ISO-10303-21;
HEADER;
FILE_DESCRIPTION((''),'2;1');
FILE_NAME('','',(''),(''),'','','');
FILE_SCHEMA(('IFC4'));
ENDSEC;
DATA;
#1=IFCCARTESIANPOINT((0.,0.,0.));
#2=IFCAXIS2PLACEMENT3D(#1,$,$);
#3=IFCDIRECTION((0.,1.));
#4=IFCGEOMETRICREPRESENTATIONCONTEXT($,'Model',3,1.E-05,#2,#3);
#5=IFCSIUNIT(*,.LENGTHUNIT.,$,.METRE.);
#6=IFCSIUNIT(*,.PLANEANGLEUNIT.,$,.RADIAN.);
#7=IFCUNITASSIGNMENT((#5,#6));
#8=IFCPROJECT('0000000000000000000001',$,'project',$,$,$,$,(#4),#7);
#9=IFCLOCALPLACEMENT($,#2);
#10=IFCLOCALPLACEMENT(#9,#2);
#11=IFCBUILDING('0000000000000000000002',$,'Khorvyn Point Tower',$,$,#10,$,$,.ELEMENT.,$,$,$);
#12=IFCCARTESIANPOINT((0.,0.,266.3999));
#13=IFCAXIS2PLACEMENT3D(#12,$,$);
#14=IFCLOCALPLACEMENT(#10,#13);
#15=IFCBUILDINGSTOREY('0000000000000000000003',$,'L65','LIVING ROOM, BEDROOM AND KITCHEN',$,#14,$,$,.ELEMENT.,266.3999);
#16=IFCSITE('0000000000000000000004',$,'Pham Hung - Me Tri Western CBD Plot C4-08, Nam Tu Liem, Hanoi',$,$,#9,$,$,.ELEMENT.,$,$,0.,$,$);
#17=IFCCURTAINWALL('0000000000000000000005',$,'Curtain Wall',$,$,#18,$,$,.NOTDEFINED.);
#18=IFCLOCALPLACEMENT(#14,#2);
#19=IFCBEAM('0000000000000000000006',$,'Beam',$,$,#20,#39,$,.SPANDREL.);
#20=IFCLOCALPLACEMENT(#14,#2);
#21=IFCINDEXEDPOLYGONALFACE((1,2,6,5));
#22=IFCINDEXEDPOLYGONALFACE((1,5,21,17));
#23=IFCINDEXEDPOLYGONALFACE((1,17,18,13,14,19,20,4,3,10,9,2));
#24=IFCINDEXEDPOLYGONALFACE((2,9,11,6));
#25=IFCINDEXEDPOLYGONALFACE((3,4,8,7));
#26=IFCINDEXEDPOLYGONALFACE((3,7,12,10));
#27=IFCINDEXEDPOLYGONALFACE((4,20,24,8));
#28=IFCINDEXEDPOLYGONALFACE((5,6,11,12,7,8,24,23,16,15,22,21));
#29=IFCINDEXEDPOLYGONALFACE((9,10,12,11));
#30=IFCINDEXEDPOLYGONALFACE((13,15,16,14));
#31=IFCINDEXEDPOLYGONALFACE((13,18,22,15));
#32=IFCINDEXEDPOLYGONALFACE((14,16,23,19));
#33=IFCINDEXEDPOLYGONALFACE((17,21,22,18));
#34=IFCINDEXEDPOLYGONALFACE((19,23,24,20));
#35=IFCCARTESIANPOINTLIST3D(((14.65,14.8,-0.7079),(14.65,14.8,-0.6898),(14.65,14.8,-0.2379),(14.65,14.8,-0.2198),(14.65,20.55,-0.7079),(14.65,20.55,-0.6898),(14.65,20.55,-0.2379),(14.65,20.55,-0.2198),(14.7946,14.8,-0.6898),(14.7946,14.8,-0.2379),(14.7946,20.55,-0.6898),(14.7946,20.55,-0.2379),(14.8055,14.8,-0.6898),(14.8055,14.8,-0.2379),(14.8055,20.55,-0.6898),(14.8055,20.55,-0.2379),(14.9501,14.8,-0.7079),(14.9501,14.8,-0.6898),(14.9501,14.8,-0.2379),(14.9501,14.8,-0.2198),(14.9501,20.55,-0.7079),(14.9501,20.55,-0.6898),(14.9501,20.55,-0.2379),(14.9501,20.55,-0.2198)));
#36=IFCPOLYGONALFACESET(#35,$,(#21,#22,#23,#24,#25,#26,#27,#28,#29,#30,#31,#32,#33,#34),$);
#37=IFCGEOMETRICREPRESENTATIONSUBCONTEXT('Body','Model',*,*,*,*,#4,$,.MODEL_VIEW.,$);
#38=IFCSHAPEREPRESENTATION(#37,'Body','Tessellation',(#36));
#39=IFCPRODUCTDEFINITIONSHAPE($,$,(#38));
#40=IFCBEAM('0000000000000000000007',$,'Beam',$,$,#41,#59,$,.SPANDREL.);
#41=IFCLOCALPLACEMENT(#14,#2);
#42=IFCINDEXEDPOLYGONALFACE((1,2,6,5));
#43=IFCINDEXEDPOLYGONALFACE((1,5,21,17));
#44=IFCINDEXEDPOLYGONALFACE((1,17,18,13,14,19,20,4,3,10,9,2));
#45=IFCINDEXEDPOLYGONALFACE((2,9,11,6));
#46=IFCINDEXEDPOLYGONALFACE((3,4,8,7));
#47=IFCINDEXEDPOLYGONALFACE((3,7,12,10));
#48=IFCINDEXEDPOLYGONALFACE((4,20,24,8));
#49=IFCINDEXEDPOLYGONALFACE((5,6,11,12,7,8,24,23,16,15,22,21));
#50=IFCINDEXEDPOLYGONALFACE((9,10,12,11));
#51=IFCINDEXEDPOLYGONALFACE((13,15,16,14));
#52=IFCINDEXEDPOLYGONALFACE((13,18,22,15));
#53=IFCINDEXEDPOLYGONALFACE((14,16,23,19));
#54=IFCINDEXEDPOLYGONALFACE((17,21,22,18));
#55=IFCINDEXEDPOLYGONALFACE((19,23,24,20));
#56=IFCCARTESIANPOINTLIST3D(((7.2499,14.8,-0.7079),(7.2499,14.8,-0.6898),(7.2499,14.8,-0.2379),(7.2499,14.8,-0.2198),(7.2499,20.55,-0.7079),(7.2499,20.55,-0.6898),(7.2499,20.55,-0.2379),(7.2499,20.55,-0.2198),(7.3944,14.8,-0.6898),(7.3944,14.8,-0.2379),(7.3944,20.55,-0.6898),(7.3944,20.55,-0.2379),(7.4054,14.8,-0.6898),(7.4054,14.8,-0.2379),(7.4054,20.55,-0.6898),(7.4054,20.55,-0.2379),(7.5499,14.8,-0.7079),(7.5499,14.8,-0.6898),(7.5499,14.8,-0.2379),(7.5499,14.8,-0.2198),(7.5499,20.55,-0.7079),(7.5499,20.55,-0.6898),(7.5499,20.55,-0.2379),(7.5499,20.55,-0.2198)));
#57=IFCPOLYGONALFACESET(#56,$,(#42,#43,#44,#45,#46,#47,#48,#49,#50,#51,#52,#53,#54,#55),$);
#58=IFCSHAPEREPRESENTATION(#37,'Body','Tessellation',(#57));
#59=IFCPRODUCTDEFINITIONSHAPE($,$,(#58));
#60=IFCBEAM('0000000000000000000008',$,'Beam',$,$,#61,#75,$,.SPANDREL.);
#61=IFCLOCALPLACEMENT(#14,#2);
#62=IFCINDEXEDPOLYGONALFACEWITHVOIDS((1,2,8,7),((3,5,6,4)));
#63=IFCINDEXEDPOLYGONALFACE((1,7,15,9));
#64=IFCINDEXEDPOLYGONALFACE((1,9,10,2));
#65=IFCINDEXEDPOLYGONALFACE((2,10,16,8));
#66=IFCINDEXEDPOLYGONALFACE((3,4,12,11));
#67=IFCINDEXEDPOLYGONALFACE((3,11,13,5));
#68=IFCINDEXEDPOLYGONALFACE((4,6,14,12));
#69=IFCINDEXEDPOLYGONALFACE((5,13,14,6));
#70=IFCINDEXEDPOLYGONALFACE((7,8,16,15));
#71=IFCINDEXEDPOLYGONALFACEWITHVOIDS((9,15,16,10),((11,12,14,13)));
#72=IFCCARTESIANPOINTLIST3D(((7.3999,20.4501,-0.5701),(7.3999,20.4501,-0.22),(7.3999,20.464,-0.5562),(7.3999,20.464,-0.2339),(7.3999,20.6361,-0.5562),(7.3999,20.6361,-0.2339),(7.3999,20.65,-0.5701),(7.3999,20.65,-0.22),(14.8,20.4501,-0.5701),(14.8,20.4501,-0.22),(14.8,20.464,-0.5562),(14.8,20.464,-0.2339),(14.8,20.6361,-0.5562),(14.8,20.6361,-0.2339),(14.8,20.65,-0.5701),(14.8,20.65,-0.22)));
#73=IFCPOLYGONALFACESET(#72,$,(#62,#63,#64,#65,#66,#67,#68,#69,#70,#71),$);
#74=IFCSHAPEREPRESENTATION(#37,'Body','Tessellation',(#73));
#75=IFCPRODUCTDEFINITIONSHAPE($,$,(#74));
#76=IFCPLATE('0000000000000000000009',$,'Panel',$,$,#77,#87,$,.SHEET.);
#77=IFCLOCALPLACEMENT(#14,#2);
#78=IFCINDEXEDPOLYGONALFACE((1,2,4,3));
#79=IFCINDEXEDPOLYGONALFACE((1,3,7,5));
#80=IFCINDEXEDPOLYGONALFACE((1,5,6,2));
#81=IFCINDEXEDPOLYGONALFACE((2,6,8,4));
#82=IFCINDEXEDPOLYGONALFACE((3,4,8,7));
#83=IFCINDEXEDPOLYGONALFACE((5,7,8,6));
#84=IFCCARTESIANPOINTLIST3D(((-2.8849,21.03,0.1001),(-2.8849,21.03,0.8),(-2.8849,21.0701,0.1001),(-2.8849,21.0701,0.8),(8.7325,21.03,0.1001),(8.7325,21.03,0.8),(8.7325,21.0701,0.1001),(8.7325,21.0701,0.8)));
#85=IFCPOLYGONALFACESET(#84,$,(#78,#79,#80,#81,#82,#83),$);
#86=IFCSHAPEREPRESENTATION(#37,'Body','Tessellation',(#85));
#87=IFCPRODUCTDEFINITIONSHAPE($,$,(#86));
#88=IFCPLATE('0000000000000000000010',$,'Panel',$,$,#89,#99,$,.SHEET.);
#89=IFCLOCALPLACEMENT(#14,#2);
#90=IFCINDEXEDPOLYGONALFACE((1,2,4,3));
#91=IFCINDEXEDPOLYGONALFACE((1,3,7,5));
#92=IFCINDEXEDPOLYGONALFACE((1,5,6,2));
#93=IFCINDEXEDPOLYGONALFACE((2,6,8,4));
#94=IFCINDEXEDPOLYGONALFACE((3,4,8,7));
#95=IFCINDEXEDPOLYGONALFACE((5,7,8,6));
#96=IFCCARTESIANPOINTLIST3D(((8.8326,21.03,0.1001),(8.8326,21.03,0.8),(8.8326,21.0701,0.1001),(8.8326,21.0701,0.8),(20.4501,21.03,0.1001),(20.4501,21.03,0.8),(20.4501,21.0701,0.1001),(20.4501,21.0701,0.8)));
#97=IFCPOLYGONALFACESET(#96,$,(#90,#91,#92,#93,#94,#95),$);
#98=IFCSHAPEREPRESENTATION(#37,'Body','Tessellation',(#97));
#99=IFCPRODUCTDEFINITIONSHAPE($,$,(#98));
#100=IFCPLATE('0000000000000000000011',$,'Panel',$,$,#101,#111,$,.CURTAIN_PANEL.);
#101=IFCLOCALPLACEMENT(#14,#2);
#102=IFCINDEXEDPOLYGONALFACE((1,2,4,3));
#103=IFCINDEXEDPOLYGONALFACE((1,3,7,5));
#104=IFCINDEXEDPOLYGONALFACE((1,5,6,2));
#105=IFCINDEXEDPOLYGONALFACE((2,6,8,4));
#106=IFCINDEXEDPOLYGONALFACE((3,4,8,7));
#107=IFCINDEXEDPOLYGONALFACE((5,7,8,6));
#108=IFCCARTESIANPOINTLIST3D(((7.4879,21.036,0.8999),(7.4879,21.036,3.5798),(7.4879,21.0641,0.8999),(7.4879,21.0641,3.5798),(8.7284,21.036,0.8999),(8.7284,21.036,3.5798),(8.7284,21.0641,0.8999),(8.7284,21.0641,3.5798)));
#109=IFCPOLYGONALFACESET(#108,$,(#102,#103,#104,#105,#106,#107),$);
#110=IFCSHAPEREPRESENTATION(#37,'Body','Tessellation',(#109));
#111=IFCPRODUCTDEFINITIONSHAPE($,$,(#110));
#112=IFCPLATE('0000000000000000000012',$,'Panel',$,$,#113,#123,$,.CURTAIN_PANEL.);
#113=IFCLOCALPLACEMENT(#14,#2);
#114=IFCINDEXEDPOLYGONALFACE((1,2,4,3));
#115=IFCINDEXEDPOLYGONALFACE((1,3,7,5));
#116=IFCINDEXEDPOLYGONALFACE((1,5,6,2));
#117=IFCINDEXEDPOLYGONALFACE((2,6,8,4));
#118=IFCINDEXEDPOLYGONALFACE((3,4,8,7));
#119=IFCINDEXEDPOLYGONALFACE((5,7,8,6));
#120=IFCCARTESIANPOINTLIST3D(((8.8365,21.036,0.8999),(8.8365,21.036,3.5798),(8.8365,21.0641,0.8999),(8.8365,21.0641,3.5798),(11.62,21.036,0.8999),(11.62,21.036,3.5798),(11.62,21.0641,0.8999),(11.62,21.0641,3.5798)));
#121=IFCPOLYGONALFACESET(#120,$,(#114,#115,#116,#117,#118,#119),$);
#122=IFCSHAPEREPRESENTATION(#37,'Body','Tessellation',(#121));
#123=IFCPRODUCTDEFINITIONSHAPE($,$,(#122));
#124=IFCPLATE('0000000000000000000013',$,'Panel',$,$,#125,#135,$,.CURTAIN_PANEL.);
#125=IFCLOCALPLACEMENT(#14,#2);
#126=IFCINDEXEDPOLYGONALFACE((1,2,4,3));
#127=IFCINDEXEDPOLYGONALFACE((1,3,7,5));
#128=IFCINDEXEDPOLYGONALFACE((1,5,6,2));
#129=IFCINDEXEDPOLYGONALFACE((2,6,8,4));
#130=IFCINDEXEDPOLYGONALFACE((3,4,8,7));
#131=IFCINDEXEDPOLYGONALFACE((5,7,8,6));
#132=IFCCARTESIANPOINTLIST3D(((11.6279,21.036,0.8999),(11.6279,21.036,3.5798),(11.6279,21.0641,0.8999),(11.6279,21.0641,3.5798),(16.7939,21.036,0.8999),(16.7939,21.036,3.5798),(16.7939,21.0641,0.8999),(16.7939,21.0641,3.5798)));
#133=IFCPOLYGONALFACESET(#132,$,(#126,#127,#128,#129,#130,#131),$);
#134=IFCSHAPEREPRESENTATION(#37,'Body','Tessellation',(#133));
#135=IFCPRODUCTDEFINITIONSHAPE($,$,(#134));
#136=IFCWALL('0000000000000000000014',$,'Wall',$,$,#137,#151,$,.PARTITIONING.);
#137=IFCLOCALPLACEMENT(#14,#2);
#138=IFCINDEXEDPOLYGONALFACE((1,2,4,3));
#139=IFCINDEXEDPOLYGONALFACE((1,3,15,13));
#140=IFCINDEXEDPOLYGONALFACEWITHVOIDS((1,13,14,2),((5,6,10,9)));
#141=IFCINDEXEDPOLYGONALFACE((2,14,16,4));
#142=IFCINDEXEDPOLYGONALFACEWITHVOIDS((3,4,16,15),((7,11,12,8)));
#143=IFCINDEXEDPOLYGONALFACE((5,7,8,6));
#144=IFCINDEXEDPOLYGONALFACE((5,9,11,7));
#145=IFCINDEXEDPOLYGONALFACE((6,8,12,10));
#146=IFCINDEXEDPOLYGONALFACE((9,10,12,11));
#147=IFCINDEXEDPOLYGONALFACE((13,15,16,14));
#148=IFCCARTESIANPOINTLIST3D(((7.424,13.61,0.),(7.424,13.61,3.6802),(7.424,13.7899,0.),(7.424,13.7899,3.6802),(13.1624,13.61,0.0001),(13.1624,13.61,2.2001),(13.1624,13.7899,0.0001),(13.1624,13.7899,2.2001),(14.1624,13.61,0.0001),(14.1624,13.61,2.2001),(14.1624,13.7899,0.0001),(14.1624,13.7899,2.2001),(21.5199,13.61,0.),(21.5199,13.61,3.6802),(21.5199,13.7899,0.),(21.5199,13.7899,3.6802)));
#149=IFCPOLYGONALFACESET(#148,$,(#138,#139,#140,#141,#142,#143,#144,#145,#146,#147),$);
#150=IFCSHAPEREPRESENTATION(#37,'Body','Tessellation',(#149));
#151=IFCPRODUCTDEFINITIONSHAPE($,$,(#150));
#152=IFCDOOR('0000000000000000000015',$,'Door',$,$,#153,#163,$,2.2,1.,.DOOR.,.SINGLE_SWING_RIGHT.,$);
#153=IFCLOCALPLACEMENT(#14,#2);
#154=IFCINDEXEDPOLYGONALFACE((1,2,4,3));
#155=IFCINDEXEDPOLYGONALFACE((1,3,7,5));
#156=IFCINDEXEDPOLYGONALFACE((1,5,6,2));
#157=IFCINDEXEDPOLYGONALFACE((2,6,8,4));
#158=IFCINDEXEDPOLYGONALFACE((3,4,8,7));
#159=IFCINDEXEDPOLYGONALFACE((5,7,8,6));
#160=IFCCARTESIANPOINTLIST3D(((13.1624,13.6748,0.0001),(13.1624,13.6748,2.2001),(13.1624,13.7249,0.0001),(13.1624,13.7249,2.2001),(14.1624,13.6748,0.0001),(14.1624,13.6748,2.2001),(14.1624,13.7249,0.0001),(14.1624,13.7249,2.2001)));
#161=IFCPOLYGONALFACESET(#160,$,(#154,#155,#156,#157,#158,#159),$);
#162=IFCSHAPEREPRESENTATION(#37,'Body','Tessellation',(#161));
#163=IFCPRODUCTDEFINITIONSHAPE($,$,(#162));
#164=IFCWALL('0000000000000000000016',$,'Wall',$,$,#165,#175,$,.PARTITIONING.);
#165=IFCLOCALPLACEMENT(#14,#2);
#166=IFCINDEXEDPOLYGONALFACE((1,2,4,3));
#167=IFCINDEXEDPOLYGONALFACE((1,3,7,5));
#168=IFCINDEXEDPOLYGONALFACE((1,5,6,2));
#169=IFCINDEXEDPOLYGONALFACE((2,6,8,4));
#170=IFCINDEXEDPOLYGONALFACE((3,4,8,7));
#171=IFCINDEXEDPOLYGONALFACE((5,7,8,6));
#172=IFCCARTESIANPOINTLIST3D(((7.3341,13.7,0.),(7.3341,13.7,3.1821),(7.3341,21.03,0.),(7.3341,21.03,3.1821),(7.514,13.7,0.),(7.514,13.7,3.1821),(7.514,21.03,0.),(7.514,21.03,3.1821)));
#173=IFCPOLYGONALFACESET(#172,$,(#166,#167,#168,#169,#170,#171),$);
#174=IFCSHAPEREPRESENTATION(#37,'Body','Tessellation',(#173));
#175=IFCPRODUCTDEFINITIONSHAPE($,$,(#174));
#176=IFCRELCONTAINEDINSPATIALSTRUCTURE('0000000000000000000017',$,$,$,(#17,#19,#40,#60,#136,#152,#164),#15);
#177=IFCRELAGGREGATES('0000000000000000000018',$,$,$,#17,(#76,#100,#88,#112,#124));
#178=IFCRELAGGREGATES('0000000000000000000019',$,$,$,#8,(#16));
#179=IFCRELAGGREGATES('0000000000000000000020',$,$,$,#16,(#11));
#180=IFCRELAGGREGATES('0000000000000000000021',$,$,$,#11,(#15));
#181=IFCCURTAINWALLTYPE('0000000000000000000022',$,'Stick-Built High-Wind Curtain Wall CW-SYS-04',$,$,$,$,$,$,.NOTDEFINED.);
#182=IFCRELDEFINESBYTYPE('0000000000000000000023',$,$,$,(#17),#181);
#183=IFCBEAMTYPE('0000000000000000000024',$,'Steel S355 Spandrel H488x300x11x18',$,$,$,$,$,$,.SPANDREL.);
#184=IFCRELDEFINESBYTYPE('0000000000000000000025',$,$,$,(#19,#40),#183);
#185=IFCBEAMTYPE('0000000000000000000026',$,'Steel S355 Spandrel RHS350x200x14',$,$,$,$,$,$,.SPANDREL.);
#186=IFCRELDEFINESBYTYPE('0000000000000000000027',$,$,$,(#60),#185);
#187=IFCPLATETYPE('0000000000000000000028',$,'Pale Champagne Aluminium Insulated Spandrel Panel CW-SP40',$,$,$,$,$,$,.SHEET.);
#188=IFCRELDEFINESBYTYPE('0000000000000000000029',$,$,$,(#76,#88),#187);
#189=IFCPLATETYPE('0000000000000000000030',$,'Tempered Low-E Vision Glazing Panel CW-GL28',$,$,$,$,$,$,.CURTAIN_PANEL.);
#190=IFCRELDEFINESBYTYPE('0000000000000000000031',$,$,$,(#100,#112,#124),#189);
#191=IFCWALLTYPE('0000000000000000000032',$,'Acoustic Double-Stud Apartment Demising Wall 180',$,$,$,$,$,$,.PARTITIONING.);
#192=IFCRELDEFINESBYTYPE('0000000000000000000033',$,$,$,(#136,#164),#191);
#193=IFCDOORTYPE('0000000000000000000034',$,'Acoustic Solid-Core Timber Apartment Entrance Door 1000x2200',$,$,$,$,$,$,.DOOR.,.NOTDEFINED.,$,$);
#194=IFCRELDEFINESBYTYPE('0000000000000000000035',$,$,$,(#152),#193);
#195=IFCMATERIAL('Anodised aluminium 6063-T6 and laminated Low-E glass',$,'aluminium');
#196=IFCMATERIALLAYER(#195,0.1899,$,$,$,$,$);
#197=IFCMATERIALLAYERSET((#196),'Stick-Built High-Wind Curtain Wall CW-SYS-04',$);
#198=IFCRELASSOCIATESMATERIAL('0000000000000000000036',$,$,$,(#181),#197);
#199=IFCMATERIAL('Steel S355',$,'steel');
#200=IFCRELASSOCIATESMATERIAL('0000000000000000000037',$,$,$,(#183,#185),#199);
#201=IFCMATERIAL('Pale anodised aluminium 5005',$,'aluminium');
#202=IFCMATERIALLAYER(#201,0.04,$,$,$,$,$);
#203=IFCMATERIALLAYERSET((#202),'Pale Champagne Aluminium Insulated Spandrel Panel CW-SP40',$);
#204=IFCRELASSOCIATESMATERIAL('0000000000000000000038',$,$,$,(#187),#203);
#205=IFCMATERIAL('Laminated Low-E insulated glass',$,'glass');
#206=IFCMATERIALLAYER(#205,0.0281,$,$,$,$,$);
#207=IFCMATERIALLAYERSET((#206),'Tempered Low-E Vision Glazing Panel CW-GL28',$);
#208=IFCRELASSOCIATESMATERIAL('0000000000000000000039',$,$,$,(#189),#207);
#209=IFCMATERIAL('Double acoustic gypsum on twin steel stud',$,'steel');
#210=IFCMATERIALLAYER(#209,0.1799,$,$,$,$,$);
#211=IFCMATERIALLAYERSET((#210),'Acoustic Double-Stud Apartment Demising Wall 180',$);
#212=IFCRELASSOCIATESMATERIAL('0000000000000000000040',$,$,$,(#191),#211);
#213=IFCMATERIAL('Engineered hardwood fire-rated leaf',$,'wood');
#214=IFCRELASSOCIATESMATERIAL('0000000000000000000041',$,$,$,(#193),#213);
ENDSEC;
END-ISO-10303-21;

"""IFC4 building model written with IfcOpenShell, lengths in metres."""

from ifc_helpers import new_model, si_unit, direction, frame, frame_2d, origin, origin_2d, place, context, subcontext, project, spatial, rectangle, hollow_rectangle, i_section, extrude, material, layer, layer_set, material_profile, profile_set, type_object, element, fill, aggregate, save


model = new_model("IFC4")

# Units and contexts
model_context = context("Model", 3, precision=1e-05, world=origin(), true_north=direction((0.0, 1.0)))
body_context = subcontext(model_context, "Body", "Model", "MODEL_VIEW")
ifc_project = project(units=[si_unit("LENGTHUNIT", "METRE"), si_unit("PLANEANGLEUNIT", "RADIAN")], contexts=[model_context])

# Site, building, storey
site_placement = place(None, origin())
site = spatial("IfcSite", under=ifc_project, at=site_placement, Name="Pham Hung - Me Tri Western CBD Plot C4-08, Nam Tu Liem, Hanoi", CompositionType="ELEMENT", RefElevation=0.0)
building_placement = place(site_placement, origin())
building = spatial("IfcBuilding", under=site, at=building_placement, Name="Khorvyn Point Tower", CompositionType="ELEMENT")
storey_placement = place(building_placement, frame((0.0, 0.0, 266.3999)))
storey = spatial("IfcBuildingStorey", under=building, at=storey_placement, Name="L65", Description="LIVING ROOM, BEDROOM AND KITCHEN", CompositionType="ELEMENT", Elevation=266.3999)

# Shared definitions
ifc_material_1 = material(Name="Steel S355", Category="steel")

# Curtain wall
ifc_material_2 = material(Name="Anodised aluminium 6063-T6 and laminated Low-E glass", Category="aluminium")
ifc_layer_1 = layer(ifc_material_2, 0.1899)
ifc_layer_set_1 = layer_set([ifc_layer_1], Name="Stick-Built High-Wind Curtain Wall CW-SYS-04")
curtain_wall_type = type_object("IfcCurtainWallType", Name="Stick-Built High-Wind Curtain Wall CW-SYS-04", PredefinedType="NOTDEFINED", material=ifc_layer_set_1)
curtain_wall_placement = place(storey_placement, origin())
curtain_wall = element("IfcCurtainWall", 1, at=curtain_wall_placement, inside=storey, type_object=curtain_wall_type, Name="Curtain Wall", PredefinedType="NOTDEFINED")

# Beams
ifc_material_profile_1 = material_profile(ifc_material_1, i_section(OverallWidth=0.3, OverallDepth=0.488, WebThickness=0.011, FlangeThickness=0.0181, at=origin_2d()))
ifc_profile_set_1 = profile_set([ifc_material_profile_1], Name="Steel S355 H488x300x11x18")
beam_type_1 = type_object("IfcBeamType", Name="Steel S355 Spandrel H488x300x11x18", PredefinedType="SPANDREL", material=ifc_profile_set_1)
for number, where, z_axis, x_axis, name in (
    (2, (14.8, 14.8, -0.4639), (0.0, 1.0, 0.0), (-1.0, 0.0, 0.0), "Beam"),
    (3, (7.3999, 14.8, -0.4639), (0.0, 1.0, 0.0), (-1.0, 0.0, 0.0), "Beam"),
):
    element("IfcBeam", number, at=place(storey_placement, frame(where, z_axis=z_axis, x_axis=x_axis)), inside=storey, type_object=beam_type_1, Name=name, PredefinedType="SPANDREL", context=body_context, shape_type="SweptSolid", body=[
        extrude(i_section(OverallWidth=0.3, OverallDepth=0.488, WebThickness=0.011, FlangeThickness=0.0181, at=origin_2d()), origin(), (0.0, 0.0, 1.0), 5.75),
    ])
ifc_material_profile_2 = material_profile(ifc_material_1, hollow_rectangle(XDim=0.2, YDim=0.3501, WallThickness=0.0139, at=origin_2d()))
ifc_profile_set_2 = profile_set([ifc_material_profile_2], Name="Steel S355 RHS350x200x14")
beam_type_2 = type_object("IfcBeamType", Name="Steel S355 Spandrel RHS350x200x14", PredefinedType="SPANDREL", material=ifc_profile_set_2)
beam_1_placement = place(storey_placement, frame((7.3999, 20.55, -0.395), z_axis=(1.0, 0.0, 0.0), x_axis=(0.0, 1.0, 0.0)))
element("IfcBeam", 4, at=beam_1_placement, inside=storey, type_object=beam_type_2, Name="Beam", PredefinedType="SPANDREL", context=body_context, shape_type="SweptSolid", body=[
    extrude(hollow_rectangle(XDim=0.2, YDim=0.3501, WallThickness=0.0139, at=origin_2d()), origin(), (0.0, 0.0, 1.0), 7.4001),
])

# Plates
ifc_material_3 = material(Name="Pale anodised aluminium 5005", Category="aluminium")
ifc_layer_2 = layer(ifc_material_3, 0.04)
ifc_layer_set_2 = layer_set([ifc_layer_2], Name="Pale Champagne Aluminium Insulated Spandrel Panel CW-SP40")
plate_type_1 = type_object("IfcPlateType", Name="Pale Champagne Aluminium Insulated Spandrel Panel CW-SP40", PredefinedType="SHEET", material=ifc_layer_set_2)
plate_1_placement = place(storey_placement, frame((2.9238, 21.05, 0.1001), z_axis=(0.0, 0.0, 1.0), x_axis=(1.0, 0.0, 0.0)))
plate_1 = element("IfcPlate", 5, at=plate_1_placement, type_object=plate_type_1, Name="Panel", PredefinedType="SHEET", context=body_context, shape_type="SweptSolid", body=[
    extrude(rectangle(XDim=11.6174, YDim=0.04, at=origin_2d()), origin(), (0.0, 0.0, 1.0), 0.7),
])
plate_2_placement = place(storey_placement, frame((14.6414, 21.05, 0.1001), z_axis=(0.0, 0.0, 1.0), x_axis=(1.0, 0.0, 0.0)))
plate_2 = element("IfcPlate", 6, at=plate_2_placement, type_object=plate_type_1, Name="Panel", PredefinedType="SHEET", context=body_context, shape_type="SweptSolid", body=[
    extrude(rectangle(XDim=11.6174, YDim=0.04, at=origin_2d()), origin(), (0.0, 0.0, 1.0), 0.7),
])
ifc_material_4 = material(Name="Laminated Low-E insulated glass", Category="glass")
ifc_layer_3 = layer(ifc_material_4, 0.0281)
ifc_layer_set_3 = layer_set([ifc_layer_3], Name="Tempered Low-E Vision Glazing Panel CW-GL28")
plate_type_2 = type_object("IfcPlateType", Name="Tempered Low-E Vision Glazing Panel CW-GL28", PredefinedType="CURTAIN_PANEL", material=ifc_layer_set_3)
plate_3_placement = place(storey_placement, frame((8.1082, 21.05, 0.8999), z_axis=(0.0, 0.0, 1.0), x_axis=(1.0, 0.0, 0.0)))
plate_3 = element("IfcPlate", 7, at=plate_3_placement, type_object=plate_type_2, Name="Panel", PredefinedType="CURTAIN_PANEL", context=body_context, shape_type="SweptSolid", body=[
    extrude(rectangle(XDim=1.2405, YDim=0.0281, at=origin_2d()), origin(), (0.0, 0.0, 1.0), 2.6799),
])
plate_4_placement = place(storey_placement, frame((10.2283, 21.05, 0.8999), z_axis=(0.0, 0.0, 1.0), x_axis=(1.0, 0.0, 0.0)))
plate_4 = element("IfcPlate", 8, at=plate_4_placement, type_object=plate_type_2, Name="Panel", PredefinedType="CURTAIN_PANEL", context=body_context, shape_type="SweptSolid", body=[
    extrude(rectangle(XDim=2.7834, YDim=0.0281, at=origin_2d()), origin(), (0.0, 0.0, 1.0), 2.6799),
])
plate_5_placement = place(storey_placement, frame((14.2109, 21.05, 0.8999), z_axis=(0.0, 0.0, 1.0), x_axis=(1.0, 0.0, 0.0)))
plate_5 = element("IfcPlate", 9, at=plate_5_placement, type_object=plate_type_2, Name="Panel", PredefinedType="CURTAIN_PANEL", context=body_context, shape_type="SweptSolid", body=[
    extrude(rectangle(XDim=5.166, YDim=0.0281, at=origin_2d()), origin(), (0.0, 0.0, 1.0), 2.6799),
])
aggregate(curtain_wall, [plate_1, plate_3, plate_2, plate_4, plate_5])

# Wall, opening, door
ifc_material_5 = material(Name="Double acoustic gypsum on twin steel stud", Category="steel")
ifc_layer_4 = layer(ifc_material_5, 0.1799)
ifc_layer_set_4 = layer_set([ifc_layer_4], Name="Acoustic Double-Stud Apartment Demising Wall 180")
wall_type_1 = type_object("IfcWallType", Name="Acoustic Double-Stud Apartment Demising Wall 180", PredefinedType="PARTITIONING", material=ifc_layer_set_4)
wall_1_placement = place(storey_placement, frame((7.4241, 13.7, 0.0), z_axis=(0.0, 0.0, 1.0), x_axis=(1.0, 0.0, 0.0)))
wall_1 = element("IfcWall", 10, at=wall_1_placement, inside=storey, type_object=wall_type_1, Name="Wall", PredefinedType="PARTITIONING", context=body_context, shape_type="SweptSolid", body=[
    extrude(rectangle(XDim=14.0959, YDim=0.1799, at=frame_2d((7.0479, 0.0))), origin(), (0.0, 0.0, 1.0), 3.6802),
])
opening_1_placement = place(wall_1_placement, frame((5.7383, 0.0, 0.0)))
opening_1 = element("IfcOpeningElement", 11, at=opening_1_placement, cuts=wall_1, PredefinedType="OPENING", context=body_context, shape_type="SweptSolid", body=[
    extrude(rectangle(XDim=1.0, YDim=2.2, at=frame_2d((0.5, 1.1001))), frame((0.0, 0.0999, 0.0), z_axis=(0.0, -1.0, 0.0), x_axis=(1.0, 0.0, 0.0)), (0.0, 0.0, 1.0), 0.2),
])
ifc_material_6 = material(Name="Engineered hardwood fire-rated leaf", Category="wood")
door_type_1 = type_object("IfcDoorType", Name="Acoustic Solid-Core Timber Apartment Entrance Door 1000x2200", OperationType="NOTDEFINED", PredefinedType="DOOR", material=ifc_material_6)
door_1_placement = place(opening_1_placement, origin())
door_1 = element("IfcDoor", 12, at=door_1_placement, inside=storey, type_object=door_type_1, Name="Door", OperationType="SINGLE_SWING_RIGHT", OverallHeight=2.2, OverallWidth=1.0, PredefinedType="DOOR", context=body_context, shape_type="SweptSolid", body=[
    extrude(rectangle(XDim=1.0, YDim=2.2, at=frame_2d((0.5, 1.1001))), frame((0.0, 0.0249, 0.0), z_axis=(0.0, -1.0, 0.0), x_axis=(1.0, 0.0, 0.0)), (0.0, 0.0, 1.0), 0.05),
])
fill(opening_1, door_1)

# Wall
wall_2_placement = place(storey_placement, frame((7.4241, 13.7, 0.0), z_axis=(0.0, 0.0, 1.0), x_axis=(0.0, 1.0, 0.0)))
element("IfcWall", 13, at=wall_2_placement, inside=storey, type_object=wall_type_1, Name="Wall", PredefinedType="PARTITIONING", context=body_context, shape_type="SweptSolid", body=[
    extrude(rectangle(XDim=7.3301, YDim=0.1799, at=frame_2d((3.665, 0.0))), origin(), (0.0, 0.0, 1.0), 3.1821),
])

save(model, "model.ifc")
